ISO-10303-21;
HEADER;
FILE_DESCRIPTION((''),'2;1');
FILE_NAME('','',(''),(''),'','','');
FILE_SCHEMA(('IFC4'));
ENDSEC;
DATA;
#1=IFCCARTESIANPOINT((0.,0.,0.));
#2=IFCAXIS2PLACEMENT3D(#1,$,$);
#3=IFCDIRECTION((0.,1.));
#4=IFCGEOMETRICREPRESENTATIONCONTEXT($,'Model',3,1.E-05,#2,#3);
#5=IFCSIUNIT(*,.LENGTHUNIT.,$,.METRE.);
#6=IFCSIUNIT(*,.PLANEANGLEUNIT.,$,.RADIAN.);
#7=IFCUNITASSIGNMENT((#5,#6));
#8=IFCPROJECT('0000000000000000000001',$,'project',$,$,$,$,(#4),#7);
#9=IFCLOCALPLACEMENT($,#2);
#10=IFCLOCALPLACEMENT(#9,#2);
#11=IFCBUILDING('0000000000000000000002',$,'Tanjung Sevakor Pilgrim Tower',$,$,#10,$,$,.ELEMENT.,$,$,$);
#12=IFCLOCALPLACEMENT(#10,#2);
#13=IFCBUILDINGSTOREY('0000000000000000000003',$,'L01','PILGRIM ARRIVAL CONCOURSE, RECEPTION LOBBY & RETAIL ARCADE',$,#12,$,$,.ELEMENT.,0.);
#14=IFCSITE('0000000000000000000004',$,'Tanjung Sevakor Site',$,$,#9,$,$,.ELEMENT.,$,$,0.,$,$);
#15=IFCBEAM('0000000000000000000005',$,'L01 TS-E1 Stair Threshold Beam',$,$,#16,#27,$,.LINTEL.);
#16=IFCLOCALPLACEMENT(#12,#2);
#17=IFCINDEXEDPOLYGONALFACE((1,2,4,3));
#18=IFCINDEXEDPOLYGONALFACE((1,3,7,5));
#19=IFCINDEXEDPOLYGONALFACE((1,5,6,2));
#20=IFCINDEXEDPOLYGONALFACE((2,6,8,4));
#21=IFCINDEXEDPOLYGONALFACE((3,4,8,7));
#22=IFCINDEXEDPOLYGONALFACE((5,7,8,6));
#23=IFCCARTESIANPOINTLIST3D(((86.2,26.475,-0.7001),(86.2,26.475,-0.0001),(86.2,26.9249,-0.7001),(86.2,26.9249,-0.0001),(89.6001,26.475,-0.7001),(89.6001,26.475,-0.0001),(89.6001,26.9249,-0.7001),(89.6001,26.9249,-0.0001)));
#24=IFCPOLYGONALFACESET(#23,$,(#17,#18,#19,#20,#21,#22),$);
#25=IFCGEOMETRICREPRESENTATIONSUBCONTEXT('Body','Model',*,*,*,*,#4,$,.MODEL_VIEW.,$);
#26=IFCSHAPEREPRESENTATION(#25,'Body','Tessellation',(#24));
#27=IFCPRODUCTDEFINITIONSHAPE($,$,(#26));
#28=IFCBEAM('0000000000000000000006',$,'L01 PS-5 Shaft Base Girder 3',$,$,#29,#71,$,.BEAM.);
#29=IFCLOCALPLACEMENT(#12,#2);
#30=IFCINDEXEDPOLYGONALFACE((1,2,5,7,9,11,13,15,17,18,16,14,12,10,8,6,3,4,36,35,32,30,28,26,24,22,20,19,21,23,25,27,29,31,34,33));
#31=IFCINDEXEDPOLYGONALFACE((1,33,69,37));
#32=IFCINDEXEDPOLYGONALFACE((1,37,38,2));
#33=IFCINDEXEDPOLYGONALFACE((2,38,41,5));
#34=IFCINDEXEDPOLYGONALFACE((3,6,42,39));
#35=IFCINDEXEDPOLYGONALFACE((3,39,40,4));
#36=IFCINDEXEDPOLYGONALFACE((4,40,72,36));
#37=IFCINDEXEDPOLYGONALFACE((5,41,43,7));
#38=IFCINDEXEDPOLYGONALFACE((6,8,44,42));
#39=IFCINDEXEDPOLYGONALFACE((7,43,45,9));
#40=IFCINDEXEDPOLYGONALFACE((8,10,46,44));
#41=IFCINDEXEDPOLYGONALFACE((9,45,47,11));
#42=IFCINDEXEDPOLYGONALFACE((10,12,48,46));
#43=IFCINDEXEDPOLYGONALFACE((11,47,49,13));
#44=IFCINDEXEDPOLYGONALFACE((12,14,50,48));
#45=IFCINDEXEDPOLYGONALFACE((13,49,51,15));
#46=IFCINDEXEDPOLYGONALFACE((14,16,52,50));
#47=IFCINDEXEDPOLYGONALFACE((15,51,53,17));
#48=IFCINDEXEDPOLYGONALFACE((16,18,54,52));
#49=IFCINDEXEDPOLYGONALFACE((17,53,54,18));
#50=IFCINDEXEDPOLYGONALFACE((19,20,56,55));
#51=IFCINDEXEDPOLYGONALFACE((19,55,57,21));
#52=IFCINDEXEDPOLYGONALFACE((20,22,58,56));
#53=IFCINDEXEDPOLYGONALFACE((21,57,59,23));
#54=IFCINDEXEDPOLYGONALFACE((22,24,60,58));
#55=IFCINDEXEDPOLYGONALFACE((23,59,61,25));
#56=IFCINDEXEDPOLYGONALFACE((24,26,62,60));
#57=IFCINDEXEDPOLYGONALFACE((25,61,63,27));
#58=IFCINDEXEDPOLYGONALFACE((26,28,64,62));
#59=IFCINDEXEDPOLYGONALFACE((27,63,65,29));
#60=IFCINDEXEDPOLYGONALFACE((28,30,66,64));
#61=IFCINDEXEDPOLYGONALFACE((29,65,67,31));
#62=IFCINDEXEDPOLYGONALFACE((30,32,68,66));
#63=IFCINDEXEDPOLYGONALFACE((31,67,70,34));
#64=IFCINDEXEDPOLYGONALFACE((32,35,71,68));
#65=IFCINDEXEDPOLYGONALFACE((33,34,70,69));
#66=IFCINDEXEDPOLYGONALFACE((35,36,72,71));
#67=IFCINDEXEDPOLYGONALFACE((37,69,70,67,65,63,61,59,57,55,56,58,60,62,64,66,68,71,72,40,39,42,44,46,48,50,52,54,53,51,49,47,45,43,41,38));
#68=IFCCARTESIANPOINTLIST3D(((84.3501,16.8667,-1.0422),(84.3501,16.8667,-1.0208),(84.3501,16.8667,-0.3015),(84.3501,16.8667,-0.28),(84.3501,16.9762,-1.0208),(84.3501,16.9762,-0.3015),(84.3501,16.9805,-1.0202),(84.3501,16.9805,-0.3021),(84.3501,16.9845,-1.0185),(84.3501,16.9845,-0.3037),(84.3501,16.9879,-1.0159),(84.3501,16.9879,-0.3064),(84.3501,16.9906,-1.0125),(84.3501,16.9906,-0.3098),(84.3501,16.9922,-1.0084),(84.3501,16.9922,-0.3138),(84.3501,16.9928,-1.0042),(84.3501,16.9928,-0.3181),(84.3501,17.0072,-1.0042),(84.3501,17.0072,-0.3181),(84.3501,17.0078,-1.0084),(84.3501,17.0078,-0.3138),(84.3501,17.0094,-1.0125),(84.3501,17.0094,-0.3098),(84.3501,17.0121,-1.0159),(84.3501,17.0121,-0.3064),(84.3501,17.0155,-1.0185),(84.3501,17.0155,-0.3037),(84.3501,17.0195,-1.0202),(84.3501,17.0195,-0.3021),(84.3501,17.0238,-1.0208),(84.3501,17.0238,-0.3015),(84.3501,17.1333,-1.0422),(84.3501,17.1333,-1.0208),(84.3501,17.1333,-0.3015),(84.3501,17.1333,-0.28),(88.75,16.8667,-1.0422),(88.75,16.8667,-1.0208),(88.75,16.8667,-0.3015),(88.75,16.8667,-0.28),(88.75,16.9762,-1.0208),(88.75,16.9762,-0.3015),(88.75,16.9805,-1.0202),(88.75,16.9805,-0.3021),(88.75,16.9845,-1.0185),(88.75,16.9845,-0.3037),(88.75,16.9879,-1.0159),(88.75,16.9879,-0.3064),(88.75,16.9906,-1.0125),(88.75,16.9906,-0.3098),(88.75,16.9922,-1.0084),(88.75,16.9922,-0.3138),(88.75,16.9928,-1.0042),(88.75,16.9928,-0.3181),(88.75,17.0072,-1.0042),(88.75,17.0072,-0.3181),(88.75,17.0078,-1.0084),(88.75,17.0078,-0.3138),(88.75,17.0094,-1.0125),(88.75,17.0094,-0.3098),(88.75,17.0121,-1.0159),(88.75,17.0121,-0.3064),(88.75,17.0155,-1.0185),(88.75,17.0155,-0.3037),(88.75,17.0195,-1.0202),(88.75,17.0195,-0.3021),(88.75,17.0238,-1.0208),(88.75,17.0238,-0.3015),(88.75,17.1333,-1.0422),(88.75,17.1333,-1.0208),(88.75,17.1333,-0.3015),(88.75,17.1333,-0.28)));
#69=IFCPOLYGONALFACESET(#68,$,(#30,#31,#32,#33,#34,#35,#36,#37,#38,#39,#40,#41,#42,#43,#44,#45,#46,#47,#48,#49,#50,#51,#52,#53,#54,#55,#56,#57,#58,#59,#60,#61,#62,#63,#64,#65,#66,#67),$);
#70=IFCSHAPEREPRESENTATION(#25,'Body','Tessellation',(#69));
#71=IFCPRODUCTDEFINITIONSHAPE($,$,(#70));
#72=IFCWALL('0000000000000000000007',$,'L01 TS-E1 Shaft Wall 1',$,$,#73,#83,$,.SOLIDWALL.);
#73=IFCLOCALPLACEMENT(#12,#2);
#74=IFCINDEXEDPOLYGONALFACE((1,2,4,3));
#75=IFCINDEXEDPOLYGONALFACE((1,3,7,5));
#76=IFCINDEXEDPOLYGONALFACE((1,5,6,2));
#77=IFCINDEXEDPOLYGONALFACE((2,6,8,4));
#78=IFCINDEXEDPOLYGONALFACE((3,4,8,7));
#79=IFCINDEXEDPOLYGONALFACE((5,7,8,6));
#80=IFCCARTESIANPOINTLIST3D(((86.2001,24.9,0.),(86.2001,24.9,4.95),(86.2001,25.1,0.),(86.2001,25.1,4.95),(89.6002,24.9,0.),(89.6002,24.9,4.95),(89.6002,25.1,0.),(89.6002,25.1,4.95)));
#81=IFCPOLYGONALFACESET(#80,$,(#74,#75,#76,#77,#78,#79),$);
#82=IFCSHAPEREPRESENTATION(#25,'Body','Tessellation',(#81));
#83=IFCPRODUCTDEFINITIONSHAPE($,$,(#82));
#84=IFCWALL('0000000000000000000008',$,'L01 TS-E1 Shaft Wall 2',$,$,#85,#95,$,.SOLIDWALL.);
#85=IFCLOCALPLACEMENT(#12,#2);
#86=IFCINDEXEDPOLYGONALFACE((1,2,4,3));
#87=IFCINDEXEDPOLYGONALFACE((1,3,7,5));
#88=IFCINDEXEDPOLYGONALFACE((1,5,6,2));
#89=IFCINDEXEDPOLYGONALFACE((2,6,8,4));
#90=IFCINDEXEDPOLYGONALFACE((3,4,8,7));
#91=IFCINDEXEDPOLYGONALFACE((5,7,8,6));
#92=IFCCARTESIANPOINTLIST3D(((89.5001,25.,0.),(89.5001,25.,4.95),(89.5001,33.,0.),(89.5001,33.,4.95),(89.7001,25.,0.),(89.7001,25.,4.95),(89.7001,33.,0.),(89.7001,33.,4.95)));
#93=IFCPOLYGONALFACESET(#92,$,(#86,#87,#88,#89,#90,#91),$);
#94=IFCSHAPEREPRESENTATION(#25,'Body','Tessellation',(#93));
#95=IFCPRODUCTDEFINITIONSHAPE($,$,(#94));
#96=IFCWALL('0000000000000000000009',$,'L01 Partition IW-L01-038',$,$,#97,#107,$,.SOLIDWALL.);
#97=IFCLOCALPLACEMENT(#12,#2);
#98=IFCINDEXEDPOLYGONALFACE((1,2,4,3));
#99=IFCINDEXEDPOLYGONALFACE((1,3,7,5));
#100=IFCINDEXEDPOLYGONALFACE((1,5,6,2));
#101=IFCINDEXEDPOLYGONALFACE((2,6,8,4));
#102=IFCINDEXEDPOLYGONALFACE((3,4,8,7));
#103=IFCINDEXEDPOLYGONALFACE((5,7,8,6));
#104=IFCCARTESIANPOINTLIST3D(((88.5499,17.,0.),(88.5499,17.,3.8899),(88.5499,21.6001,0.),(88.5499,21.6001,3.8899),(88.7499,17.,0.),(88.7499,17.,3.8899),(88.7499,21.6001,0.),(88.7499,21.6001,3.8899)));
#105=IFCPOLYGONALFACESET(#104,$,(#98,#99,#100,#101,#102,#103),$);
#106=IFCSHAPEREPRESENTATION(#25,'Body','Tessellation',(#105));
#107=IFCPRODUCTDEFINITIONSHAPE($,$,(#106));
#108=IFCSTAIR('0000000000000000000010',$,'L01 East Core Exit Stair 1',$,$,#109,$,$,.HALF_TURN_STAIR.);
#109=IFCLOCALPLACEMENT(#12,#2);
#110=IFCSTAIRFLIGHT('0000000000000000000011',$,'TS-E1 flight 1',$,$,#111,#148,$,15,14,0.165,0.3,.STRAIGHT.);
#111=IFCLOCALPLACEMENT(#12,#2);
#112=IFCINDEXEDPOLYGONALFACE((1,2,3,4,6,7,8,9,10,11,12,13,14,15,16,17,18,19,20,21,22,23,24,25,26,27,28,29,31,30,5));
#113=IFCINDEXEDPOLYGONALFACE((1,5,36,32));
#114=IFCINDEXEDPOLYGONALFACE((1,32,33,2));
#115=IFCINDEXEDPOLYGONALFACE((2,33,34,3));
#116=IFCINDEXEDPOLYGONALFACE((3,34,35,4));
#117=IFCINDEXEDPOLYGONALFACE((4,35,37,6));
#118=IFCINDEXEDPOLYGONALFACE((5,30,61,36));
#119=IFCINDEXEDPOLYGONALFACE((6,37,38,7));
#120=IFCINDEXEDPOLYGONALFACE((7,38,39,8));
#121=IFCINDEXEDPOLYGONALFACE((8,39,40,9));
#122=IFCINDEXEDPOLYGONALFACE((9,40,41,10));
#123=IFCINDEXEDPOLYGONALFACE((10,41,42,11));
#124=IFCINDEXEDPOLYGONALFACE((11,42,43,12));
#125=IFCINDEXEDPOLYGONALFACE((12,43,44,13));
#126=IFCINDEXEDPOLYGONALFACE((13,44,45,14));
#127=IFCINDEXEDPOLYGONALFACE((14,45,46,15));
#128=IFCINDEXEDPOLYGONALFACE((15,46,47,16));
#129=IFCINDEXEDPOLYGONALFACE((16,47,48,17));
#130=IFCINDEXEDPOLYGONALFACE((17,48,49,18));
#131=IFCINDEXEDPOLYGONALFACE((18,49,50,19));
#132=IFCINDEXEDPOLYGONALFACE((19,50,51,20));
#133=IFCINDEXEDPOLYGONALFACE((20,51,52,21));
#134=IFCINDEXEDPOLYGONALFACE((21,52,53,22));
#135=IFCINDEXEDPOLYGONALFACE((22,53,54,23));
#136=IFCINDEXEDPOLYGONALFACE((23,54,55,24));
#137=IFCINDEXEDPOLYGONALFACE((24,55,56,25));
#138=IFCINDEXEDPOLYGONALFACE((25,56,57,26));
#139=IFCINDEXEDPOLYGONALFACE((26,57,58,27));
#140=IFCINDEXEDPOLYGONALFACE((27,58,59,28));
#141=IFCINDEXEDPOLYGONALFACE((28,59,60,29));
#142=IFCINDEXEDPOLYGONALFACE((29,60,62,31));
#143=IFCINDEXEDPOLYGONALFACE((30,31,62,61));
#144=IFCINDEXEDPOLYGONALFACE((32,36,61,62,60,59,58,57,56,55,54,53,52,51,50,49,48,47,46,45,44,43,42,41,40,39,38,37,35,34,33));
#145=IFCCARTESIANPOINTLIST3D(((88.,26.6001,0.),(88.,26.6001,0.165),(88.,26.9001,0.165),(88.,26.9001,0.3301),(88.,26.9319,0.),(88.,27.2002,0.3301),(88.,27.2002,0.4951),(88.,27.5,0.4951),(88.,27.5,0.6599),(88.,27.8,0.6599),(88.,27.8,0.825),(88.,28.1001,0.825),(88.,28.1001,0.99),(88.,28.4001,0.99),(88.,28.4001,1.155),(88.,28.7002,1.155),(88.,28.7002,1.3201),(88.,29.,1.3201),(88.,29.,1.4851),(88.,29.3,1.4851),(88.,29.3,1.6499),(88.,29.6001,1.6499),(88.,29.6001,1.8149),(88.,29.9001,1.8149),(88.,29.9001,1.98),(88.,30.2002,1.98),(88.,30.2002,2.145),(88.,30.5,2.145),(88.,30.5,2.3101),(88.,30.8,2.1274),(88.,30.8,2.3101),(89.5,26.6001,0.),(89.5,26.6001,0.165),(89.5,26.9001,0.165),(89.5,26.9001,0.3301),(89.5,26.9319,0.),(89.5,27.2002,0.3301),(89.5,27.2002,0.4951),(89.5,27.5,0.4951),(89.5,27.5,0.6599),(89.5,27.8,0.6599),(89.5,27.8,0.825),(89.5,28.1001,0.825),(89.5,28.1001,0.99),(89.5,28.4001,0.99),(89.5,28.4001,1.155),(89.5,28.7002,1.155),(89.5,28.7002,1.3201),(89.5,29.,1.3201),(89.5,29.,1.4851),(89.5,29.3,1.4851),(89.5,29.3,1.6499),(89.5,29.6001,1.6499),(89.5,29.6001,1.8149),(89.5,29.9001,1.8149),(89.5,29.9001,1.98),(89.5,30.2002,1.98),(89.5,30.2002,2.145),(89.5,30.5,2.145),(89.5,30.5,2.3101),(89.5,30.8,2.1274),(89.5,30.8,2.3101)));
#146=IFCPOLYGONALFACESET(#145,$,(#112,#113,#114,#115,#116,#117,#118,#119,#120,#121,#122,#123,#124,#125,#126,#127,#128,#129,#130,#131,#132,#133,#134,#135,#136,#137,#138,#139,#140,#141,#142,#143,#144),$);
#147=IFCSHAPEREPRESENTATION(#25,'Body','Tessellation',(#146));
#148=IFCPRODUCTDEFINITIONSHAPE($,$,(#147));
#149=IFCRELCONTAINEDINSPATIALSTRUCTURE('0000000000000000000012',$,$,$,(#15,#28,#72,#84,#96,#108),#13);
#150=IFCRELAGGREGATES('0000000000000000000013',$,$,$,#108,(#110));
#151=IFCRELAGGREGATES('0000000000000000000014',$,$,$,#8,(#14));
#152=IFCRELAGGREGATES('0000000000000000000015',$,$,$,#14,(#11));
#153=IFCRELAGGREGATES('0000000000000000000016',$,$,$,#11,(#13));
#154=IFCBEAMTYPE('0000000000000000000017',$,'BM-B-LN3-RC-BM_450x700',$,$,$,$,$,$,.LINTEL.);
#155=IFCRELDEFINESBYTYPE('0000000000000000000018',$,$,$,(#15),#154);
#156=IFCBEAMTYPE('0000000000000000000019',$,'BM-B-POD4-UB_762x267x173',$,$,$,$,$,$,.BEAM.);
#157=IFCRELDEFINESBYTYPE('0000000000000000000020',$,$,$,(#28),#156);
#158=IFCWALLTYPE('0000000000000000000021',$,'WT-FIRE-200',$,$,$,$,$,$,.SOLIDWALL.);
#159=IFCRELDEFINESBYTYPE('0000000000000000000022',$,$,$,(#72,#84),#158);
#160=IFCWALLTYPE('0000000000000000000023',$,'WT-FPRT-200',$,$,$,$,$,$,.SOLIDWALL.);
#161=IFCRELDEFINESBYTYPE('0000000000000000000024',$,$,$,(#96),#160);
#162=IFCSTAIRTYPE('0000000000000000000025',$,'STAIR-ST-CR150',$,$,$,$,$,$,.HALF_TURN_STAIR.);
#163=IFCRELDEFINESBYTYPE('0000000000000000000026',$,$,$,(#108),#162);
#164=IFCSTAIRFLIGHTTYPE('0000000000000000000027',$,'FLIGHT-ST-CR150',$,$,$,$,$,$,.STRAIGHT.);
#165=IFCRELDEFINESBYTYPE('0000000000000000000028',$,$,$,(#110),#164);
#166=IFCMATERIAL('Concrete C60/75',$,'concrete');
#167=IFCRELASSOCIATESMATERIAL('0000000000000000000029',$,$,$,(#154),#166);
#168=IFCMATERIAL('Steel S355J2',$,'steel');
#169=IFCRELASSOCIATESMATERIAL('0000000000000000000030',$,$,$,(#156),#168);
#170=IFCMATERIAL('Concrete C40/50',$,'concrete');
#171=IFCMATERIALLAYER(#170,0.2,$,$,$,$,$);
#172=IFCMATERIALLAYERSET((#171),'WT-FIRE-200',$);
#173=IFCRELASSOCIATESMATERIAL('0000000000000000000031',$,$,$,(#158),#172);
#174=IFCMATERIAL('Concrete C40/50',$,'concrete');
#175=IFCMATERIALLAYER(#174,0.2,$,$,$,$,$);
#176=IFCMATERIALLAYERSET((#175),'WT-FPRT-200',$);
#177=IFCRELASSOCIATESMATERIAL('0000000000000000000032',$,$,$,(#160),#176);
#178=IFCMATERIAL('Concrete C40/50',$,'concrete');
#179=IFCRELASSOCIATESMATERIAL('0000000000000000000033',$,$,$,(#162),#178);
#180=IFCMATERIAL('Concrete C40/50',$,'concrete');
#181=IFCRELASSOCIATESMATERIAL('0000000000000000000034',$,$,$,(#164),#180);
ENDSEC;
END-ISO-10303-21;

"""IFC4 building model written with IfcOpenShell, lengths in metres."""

from ifc_helpers import new_model, si_unit, direction, frame, frame_2d, origin, origin_2d, place, context, subcontext, project, spatial, polyline, rectangle, i_section, outline, extrude, material, layer, layer_set, material_profile, profile_set, type_object, element, aggregate, save


model = new_model("IFC4")

# Units and contexts
model_context = context("Model", 3, precision=1e-05, world=origin(), true_north=direction((0.0, 1.0)))
body_context = subcontext(model_context, "Body", "Model", "MODEL_VIEW")
ifc_project = project(units=[si_unit("LENGTHUNIT", "METRE"), si_unit("PLANEANGLEUNIT", "RADIAN")], contexts=[model_context])

# Site, building, storey
site_placement = place(None, origin())
site = spatial("IfcSite", under=ifc_project, at=site_placement, Name="Tanjung Sevakor Site", CompositionType="ELEMENT", RefElevation=0.0)
building_placement = place(site_placement, origin())
building = spatial("IfcBuilding", under=site, at=building_placement, Name="Tanjung Sevakor Pilgrim Tower", CompositionType="ELEMENT")
storey_placement = place(building_placement, origin())
storey = spatial("IfcBuildingStorey", under=building, at=storey_placement, Name="L01", Description="PILGRIM ARRIVAL CONCOURSE, RECEPTION LOBBY & RETAIL ARCADE", CompositionType="ELEMENT", Elevation=0.0)

# Beams
ifc_material_1 = material(Name="Concrete C60/75", Category="concrete")
ifc_material_profile_1 = material_profile(ifc_material_1, rectangle(XDim=0.45, YDim=0.7, at=origin_2d()))
ifc_profile_set_1 = profile_set([ifc_material_profile_1], Name="Concrete C60/75")
beam_type_1 = type_object("IfcBeamType", Name="BM-B-LN3-RC-BM_450x700", PredefinedType="LINTEL", material=ifc_profile_set_1)
beam_1_placement = place(storey_placement, frame((86.2, 26.7, -0.3501), z_axis=(1.0, 0.0, 0.0), x_axis=(0.0, 1.0, 0.0)))
element("IfcBeam", 1, at=beam_1_placement, inside=storey, type_object=beam_type_1, Name="L01 TS-E1 Stair Threshold Beam", PredefinedType="LINTEL", context=body_context, shape_type="SweptSolid", body=[
    extrude(rectangle(XDim=0.45, YDim=0.7, at=origin_2d()), origin(), (0.0, 0.0, 1.0), 3.4001),
])
ifc_material_2 = material(Name="Steel S355J2", Category="steel")
ifc_material_profile_2 = material_profile(ifc_material_2, i_section(OverallWidth=0.2666, OverallDepth=0.7622, WebThickness=0.0144, FlangeThickness=0.0215, FilletRadius=0.0166, at=origin_2d()))
ifc_profile_set_2 = profile_set([ifc_material_profile_2], Name="Steel S355J2")
beam_type_2 = type_object("IfcBeamType", Name="BM-B-POD4-UB_762x267x173", PredefinedType="BEAM", material=ifc_profile_set_2)
beam_2_placement = place(storey_placement, frame((88.75, 17.0, -0.6611), z_axis=(-1.0, 0.0, 0.0), x_axis=(0.0, -1.0, 0.0)))
element("IfcBeam", 2, at=beam_2_placement, inside=storey, type_object=beam_type_2, Name="L01 PS-5 Shaft Base Girder 3", PredefinedType="BEAM", context=body_context, shape_type="SweptSolid", body=[
    extrude(i_section(OverallWidth=0.2666, OverallDepth=0.7622, WebThickness=0.0144, FlangeThickness=0.0215, FilletRadius=0.0166, at=origin_2d()), origin(), (0.0, 0.0, 1.0), 4.3999),
])

# Walls
ifc_material_3 = material(Name="Concrete C40/50", Category="concrete")
ifc_layer_1 = layer(ifc_material_3, 0.2)
ifc_layer_set_1 = layer_set([ifc_layer_1], Name="WT-FIRE-200")
wall_type_1 = type_object("IfcWallType", Name="WT-FIRE-200", PredefinedType="SOLIDWALL", material=ifc_layer_set_1)
wall_1_placement = place(storey_placement, frame((86.2, 25.0, 0.0), z_axis=(0.0, 0.0, 1.0), x_axis=(1.0, 0.0, 0.0)))
element("IfcWall", 3, at=wall_1_placement, inside=storey, type_object=wall_type_1, Name="L01 TS-E1 Shaft Wall 1", PredefinedType="SOLIDWALL", context=body_context, shape_type="SweptSolid", body=[
    extrude(rectangle(XDim=3.4001, YDim=0.2, at=frame_2d((1.7002, 0.0))), origin(), (0.0, 0.0, 1.0), 4.95),
])
wall_2_placement = place(storey_placement, frame((89.6001, 25.0, 0.0), z_axis=(0.0, 0.0, 1.0), x_axis=(0.0, 1.0, 0.0)))
element("IfcWall", 4, at=wall_2_placement, inside=storey, type_object=wall_type_1, Name="L01 TS-E1 Shaft Wall 2", PredefinedType="SOLIDWALL", context=body_context, shape_type="SweptSolid", body=[
    extrude(rectangle(XDim=8.0, YDim=0.2, at=frame_2d((4.0, 0.0))), origin(), (0.0, 0.0, 1.0), 4.95),
])

# Wall
ifc_material_4 = material(Name="Concrete C40/50", Category="concrete")
ifc_layer_2 = layer(ifc_material_4, 0.2)
ifc_layer_set_2 = layer_set([ifc_layer_2], Name="WT-FPRT-200")
wall_type_2 = type_object("IfcWallType", Name="WT-FPRT-200", PredefinedType="SOLIDWALL", material=ifc_layer_set_2)
wall_3_placement = place(storey_placement, frame((88.6499, 17.0, 0.0), z_axis=(0.0, 0.0, 1.0), x_axis=(0.0, 1.0, 0.0)))
element("IfcWall", 5, at=wall_3_placement, inside=storey, type_object=wall_type_2, Name="L01 Partition IW-L01-038", PredefinedType="SOLIDWALL", context=body_context, shape_type="SweptSolid", body=[
    extrude(rectangle(XDim=4.6001, YDim=0.2, at=frame_2d((2.3, 0.0))), origin(), (0.0, 0.0, 1.0), 3.8899),
])

# Stair, stair flight
ifc_material_5 = material(Name="Concrete C40/50", Category="concrete")
stair_type = type_object("IfcStairType", Name="STAIR-ST-CR150", PredefinedType="HALF_TURN_STAIR", material=ifc_material_5)
stair_placement = place(storey_placement, origin())
stair = element("IfcStair", 6, at=stair_placement, inside=storey, type_object=stair_type, Name="L01 East Core Exit Stair 1", PredefinedType="HALF_TURN_STAIR")
ifc_material_6 = material(Name="Concrete C40/50", Category="concrete")
stair_flight_type = type_object("IfcStairFlightType", Name="FLIGHT-ST-CR150", PredefinedType="STRAIGHT", material=ifc_material_6)
stair_flight_1_placement = place(storey_placement, frame((88.75, 26.6001, 0.0), z_axis=(0.0, 0.0, 1.0), x_axis=(0.0, 1.0, 0.0)))
stair_flight_1 = element("IfcStairFlight", 7, at=stair_flight_1_placement, type_object=stair_flight_type, Name="TS-E1 flight 1", NumberOfRisers=15, NumberOfTreads=14, PredefinedType="STRAIGHT", RiserHeight=0.165, TreadLength=0.3, context=body_context, shape_type="SweptSolid", body=[
    extrude(outline(polyline([(0.0, 0.0), (0.0, 0.165), (0.3, 0.165), (0.3, 0.3301), (0.6001, 0.3301), (0.6001, 0.4951), (0.8999, 0.4951), (0.8999, 0.6599), (1.2, 0.6599), (1.2, 0.825), (1.5, 0.825), (1.5, 0.99), (1.8, 0.99), (1.8, 1.155), (2.1001, 1.155), (2.1001, 1.3201), (2.3999, 1.3201), (2.3999, 1.4851), (2.7, 1.4851), (2.7, 1.6499), (3.0, 1.6499), (3.0, 1.8149), (3.3, 1.8149), (3.3, 1.98), (3.6001, 1.98), (3.6001, 2.145), (3.8999, 2.145), (3.8999, 2.3101), (4.2, 2.3101), (4.2, 2.4751), (4.2, 2.1274), (0.3318, 0.0), (0.0, 0.0)])), frame((0.0, 0.75, 0.0), z_axis=(0.0, -1.0, 0.0), x_axis=(1.0, 0.0, 0.0)), (0.0, 0.0, 1.0), 1.5),
])
aggregate(stair, [stair_flight_1])

save(model, "model.ifc")
